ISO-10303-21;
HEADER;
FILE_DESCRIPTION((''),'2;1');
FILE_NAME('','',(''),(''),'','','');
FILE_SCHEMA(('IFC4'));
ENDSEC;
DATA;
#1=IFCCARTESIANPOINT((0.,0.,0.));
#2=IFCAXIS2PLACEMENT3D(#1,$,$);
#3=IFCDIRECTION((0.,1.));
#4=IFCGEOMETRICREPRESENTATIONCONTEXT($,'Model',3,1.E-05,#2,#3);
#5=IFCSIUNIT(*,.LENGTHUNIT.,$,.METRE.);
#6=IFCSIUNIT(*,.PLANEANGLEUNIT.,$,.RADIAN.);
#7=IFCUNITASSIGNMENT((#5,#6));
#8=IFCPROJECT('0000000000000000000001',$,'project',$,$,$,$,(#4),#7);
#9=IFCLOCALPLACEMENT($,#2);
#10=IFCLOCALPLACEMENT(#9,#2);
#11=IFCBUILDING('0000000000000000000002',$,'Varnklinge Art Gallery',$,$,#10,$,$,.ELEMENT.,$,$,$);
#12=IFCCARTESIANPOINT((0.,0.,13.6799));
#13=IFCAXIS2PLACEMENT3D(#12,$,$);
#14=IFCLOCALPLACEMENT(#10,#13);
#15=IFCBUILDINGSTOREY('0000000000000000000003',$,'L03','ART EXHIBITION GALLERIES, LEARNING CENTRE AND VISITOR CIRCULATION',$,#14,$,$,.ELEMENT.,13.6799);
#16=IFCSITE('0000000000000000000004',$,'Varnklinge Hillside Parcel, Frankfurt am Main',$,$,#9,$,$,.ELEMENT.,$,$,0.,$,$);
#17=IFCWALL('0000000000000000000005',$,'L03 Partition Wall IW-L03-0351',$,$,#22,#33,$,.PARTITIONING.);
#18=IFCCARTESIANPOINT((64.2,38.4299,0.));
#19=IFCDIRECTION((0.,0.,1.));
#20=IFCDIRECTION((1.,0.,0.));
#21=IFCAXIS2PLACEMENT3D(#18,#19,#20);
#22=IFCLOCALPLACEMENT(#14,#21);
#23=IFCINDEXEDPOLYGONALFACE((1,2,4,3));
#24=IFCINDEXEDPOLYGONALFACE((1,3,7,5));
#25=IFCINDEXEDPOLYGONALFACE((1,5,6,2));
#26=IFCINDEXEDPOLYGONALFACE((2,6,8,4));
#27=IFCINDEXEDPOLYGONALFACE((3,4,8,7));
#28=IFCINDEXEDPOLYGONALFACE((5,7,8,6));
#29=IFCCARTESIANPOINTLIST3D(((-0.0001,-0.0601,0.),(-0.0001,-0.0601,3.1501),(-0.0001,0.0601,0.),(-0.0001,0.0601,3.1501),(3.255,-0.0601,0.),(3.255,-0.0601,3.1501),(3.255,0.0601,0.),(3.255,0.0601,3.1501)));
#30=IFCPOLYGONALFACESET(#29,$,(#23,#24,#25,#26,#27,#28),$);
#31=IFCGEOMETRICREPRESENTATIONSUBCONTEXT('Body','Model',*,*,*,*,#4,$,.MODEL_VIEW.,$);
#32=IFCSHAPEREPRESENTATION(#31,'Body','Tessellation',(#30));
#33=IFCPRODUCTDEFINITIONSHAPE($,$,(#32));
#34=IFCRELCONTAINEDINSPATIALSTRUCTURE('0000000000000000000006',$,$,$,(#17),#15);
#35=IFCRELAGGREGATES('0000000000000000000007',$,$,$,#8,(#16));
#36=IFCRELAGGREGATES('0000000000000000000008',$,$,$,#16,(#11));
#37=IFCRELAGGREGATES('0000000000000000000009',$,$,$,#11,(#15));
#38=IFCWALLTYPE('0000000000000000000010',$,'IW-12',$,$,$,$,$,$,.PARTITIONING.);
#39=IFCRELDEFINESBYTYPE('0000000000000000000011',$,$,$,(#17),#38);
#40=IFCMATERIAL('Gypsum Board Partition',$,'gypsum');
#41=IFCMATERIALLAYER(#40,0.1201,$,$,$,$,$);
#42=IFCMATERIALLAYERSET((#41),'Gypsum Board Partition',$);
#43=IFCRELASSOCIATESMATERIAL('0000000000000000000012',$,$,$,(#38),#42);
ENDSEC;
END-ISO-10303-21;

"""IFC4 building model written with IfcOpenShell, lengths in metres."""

from ifc_helpers import new_model, si_unit, direction, frame, frame_2d, origin, place, context, subcontext, project, spatial, rectangle, extrude, material, layer, layer_set, type_object, element, save


model = new_model("IFC4")

# Units and contexts
model_context = context("Model", 3, precision=1e-05, world=origin(), true_north=direction((0.0, 1.0)))
body_context = subcontext(model_context, "Body", "Model", "MODEL_VIEW")
ifc_project = project(units=[si_unit("LENGTHUNIT", "METRE"), si_unit("PLANEANGLEUNIT", "RADIAN")], contexts=[model_context])

# Site, building, storey
site_placement = place(None, origin())
site = spatial("IfcSite", under=ifc_project, at=site_placement, Name="Varnklinge Hillside Parcel, Frankfurt am Main", CompositionType="ELEMENT", RefElevation=0.0)
building_placement = place(site_placement, origin())
building = spatial("IfcBuilding", under=site, at=building_placement, Name="Varnklinge Art Gallery", CompositionType="ELEMENT")
storey_placement = place(building_placement, frame((0.0, 0.0, 13.6799)))
storey = spatial("IfcBuildingStorey", under=building, at=storey_placement, Name="L03", Description="ART EXHIBITION GALLERIES, LEARNING CENTRE AND VISITOR CIRCULATION", CompositionType="ELEMENT", Elevation=13.6799)

# Wall
ifc_material_1 = material(Name="Gypsum Board Partition", Category="gypsum")
ifc_layer_1 = layer(ifc_material_1, 0.1201)
ifc_layer_set_1 = layer_set([ifc_layer_1], Name="Gypsum Board Partition")
wall_type_1 = type_object("IfcWallType", Name="IW-12", PredefinedType="PARTITIONING", material=ifc_layer_set_1)
wall_1_placement = place(storey_placement, frame((64.2, 38.4299, 0.0), z_axis=(0.0, 0.0, 1.0), x_axis=(1.0, 0.0, 0.0)))
element("IfcWall", 1, at=wall_1_placement, inside=storey, type_object=wall_type_1, Name="L03 Partition Wall IW-L03-0351", PredefinedType="PARTITIONING", context=body_context, shape_type="SweptSolid", body=[
    extrude(rectangle(XDim=3.2551, YDim=0.1201, at=frame_2d((1.6274, 0.0))), origin(), (0.0, 0.0, 1.0), 3.1501),
])

save(model, "model.ifc")
